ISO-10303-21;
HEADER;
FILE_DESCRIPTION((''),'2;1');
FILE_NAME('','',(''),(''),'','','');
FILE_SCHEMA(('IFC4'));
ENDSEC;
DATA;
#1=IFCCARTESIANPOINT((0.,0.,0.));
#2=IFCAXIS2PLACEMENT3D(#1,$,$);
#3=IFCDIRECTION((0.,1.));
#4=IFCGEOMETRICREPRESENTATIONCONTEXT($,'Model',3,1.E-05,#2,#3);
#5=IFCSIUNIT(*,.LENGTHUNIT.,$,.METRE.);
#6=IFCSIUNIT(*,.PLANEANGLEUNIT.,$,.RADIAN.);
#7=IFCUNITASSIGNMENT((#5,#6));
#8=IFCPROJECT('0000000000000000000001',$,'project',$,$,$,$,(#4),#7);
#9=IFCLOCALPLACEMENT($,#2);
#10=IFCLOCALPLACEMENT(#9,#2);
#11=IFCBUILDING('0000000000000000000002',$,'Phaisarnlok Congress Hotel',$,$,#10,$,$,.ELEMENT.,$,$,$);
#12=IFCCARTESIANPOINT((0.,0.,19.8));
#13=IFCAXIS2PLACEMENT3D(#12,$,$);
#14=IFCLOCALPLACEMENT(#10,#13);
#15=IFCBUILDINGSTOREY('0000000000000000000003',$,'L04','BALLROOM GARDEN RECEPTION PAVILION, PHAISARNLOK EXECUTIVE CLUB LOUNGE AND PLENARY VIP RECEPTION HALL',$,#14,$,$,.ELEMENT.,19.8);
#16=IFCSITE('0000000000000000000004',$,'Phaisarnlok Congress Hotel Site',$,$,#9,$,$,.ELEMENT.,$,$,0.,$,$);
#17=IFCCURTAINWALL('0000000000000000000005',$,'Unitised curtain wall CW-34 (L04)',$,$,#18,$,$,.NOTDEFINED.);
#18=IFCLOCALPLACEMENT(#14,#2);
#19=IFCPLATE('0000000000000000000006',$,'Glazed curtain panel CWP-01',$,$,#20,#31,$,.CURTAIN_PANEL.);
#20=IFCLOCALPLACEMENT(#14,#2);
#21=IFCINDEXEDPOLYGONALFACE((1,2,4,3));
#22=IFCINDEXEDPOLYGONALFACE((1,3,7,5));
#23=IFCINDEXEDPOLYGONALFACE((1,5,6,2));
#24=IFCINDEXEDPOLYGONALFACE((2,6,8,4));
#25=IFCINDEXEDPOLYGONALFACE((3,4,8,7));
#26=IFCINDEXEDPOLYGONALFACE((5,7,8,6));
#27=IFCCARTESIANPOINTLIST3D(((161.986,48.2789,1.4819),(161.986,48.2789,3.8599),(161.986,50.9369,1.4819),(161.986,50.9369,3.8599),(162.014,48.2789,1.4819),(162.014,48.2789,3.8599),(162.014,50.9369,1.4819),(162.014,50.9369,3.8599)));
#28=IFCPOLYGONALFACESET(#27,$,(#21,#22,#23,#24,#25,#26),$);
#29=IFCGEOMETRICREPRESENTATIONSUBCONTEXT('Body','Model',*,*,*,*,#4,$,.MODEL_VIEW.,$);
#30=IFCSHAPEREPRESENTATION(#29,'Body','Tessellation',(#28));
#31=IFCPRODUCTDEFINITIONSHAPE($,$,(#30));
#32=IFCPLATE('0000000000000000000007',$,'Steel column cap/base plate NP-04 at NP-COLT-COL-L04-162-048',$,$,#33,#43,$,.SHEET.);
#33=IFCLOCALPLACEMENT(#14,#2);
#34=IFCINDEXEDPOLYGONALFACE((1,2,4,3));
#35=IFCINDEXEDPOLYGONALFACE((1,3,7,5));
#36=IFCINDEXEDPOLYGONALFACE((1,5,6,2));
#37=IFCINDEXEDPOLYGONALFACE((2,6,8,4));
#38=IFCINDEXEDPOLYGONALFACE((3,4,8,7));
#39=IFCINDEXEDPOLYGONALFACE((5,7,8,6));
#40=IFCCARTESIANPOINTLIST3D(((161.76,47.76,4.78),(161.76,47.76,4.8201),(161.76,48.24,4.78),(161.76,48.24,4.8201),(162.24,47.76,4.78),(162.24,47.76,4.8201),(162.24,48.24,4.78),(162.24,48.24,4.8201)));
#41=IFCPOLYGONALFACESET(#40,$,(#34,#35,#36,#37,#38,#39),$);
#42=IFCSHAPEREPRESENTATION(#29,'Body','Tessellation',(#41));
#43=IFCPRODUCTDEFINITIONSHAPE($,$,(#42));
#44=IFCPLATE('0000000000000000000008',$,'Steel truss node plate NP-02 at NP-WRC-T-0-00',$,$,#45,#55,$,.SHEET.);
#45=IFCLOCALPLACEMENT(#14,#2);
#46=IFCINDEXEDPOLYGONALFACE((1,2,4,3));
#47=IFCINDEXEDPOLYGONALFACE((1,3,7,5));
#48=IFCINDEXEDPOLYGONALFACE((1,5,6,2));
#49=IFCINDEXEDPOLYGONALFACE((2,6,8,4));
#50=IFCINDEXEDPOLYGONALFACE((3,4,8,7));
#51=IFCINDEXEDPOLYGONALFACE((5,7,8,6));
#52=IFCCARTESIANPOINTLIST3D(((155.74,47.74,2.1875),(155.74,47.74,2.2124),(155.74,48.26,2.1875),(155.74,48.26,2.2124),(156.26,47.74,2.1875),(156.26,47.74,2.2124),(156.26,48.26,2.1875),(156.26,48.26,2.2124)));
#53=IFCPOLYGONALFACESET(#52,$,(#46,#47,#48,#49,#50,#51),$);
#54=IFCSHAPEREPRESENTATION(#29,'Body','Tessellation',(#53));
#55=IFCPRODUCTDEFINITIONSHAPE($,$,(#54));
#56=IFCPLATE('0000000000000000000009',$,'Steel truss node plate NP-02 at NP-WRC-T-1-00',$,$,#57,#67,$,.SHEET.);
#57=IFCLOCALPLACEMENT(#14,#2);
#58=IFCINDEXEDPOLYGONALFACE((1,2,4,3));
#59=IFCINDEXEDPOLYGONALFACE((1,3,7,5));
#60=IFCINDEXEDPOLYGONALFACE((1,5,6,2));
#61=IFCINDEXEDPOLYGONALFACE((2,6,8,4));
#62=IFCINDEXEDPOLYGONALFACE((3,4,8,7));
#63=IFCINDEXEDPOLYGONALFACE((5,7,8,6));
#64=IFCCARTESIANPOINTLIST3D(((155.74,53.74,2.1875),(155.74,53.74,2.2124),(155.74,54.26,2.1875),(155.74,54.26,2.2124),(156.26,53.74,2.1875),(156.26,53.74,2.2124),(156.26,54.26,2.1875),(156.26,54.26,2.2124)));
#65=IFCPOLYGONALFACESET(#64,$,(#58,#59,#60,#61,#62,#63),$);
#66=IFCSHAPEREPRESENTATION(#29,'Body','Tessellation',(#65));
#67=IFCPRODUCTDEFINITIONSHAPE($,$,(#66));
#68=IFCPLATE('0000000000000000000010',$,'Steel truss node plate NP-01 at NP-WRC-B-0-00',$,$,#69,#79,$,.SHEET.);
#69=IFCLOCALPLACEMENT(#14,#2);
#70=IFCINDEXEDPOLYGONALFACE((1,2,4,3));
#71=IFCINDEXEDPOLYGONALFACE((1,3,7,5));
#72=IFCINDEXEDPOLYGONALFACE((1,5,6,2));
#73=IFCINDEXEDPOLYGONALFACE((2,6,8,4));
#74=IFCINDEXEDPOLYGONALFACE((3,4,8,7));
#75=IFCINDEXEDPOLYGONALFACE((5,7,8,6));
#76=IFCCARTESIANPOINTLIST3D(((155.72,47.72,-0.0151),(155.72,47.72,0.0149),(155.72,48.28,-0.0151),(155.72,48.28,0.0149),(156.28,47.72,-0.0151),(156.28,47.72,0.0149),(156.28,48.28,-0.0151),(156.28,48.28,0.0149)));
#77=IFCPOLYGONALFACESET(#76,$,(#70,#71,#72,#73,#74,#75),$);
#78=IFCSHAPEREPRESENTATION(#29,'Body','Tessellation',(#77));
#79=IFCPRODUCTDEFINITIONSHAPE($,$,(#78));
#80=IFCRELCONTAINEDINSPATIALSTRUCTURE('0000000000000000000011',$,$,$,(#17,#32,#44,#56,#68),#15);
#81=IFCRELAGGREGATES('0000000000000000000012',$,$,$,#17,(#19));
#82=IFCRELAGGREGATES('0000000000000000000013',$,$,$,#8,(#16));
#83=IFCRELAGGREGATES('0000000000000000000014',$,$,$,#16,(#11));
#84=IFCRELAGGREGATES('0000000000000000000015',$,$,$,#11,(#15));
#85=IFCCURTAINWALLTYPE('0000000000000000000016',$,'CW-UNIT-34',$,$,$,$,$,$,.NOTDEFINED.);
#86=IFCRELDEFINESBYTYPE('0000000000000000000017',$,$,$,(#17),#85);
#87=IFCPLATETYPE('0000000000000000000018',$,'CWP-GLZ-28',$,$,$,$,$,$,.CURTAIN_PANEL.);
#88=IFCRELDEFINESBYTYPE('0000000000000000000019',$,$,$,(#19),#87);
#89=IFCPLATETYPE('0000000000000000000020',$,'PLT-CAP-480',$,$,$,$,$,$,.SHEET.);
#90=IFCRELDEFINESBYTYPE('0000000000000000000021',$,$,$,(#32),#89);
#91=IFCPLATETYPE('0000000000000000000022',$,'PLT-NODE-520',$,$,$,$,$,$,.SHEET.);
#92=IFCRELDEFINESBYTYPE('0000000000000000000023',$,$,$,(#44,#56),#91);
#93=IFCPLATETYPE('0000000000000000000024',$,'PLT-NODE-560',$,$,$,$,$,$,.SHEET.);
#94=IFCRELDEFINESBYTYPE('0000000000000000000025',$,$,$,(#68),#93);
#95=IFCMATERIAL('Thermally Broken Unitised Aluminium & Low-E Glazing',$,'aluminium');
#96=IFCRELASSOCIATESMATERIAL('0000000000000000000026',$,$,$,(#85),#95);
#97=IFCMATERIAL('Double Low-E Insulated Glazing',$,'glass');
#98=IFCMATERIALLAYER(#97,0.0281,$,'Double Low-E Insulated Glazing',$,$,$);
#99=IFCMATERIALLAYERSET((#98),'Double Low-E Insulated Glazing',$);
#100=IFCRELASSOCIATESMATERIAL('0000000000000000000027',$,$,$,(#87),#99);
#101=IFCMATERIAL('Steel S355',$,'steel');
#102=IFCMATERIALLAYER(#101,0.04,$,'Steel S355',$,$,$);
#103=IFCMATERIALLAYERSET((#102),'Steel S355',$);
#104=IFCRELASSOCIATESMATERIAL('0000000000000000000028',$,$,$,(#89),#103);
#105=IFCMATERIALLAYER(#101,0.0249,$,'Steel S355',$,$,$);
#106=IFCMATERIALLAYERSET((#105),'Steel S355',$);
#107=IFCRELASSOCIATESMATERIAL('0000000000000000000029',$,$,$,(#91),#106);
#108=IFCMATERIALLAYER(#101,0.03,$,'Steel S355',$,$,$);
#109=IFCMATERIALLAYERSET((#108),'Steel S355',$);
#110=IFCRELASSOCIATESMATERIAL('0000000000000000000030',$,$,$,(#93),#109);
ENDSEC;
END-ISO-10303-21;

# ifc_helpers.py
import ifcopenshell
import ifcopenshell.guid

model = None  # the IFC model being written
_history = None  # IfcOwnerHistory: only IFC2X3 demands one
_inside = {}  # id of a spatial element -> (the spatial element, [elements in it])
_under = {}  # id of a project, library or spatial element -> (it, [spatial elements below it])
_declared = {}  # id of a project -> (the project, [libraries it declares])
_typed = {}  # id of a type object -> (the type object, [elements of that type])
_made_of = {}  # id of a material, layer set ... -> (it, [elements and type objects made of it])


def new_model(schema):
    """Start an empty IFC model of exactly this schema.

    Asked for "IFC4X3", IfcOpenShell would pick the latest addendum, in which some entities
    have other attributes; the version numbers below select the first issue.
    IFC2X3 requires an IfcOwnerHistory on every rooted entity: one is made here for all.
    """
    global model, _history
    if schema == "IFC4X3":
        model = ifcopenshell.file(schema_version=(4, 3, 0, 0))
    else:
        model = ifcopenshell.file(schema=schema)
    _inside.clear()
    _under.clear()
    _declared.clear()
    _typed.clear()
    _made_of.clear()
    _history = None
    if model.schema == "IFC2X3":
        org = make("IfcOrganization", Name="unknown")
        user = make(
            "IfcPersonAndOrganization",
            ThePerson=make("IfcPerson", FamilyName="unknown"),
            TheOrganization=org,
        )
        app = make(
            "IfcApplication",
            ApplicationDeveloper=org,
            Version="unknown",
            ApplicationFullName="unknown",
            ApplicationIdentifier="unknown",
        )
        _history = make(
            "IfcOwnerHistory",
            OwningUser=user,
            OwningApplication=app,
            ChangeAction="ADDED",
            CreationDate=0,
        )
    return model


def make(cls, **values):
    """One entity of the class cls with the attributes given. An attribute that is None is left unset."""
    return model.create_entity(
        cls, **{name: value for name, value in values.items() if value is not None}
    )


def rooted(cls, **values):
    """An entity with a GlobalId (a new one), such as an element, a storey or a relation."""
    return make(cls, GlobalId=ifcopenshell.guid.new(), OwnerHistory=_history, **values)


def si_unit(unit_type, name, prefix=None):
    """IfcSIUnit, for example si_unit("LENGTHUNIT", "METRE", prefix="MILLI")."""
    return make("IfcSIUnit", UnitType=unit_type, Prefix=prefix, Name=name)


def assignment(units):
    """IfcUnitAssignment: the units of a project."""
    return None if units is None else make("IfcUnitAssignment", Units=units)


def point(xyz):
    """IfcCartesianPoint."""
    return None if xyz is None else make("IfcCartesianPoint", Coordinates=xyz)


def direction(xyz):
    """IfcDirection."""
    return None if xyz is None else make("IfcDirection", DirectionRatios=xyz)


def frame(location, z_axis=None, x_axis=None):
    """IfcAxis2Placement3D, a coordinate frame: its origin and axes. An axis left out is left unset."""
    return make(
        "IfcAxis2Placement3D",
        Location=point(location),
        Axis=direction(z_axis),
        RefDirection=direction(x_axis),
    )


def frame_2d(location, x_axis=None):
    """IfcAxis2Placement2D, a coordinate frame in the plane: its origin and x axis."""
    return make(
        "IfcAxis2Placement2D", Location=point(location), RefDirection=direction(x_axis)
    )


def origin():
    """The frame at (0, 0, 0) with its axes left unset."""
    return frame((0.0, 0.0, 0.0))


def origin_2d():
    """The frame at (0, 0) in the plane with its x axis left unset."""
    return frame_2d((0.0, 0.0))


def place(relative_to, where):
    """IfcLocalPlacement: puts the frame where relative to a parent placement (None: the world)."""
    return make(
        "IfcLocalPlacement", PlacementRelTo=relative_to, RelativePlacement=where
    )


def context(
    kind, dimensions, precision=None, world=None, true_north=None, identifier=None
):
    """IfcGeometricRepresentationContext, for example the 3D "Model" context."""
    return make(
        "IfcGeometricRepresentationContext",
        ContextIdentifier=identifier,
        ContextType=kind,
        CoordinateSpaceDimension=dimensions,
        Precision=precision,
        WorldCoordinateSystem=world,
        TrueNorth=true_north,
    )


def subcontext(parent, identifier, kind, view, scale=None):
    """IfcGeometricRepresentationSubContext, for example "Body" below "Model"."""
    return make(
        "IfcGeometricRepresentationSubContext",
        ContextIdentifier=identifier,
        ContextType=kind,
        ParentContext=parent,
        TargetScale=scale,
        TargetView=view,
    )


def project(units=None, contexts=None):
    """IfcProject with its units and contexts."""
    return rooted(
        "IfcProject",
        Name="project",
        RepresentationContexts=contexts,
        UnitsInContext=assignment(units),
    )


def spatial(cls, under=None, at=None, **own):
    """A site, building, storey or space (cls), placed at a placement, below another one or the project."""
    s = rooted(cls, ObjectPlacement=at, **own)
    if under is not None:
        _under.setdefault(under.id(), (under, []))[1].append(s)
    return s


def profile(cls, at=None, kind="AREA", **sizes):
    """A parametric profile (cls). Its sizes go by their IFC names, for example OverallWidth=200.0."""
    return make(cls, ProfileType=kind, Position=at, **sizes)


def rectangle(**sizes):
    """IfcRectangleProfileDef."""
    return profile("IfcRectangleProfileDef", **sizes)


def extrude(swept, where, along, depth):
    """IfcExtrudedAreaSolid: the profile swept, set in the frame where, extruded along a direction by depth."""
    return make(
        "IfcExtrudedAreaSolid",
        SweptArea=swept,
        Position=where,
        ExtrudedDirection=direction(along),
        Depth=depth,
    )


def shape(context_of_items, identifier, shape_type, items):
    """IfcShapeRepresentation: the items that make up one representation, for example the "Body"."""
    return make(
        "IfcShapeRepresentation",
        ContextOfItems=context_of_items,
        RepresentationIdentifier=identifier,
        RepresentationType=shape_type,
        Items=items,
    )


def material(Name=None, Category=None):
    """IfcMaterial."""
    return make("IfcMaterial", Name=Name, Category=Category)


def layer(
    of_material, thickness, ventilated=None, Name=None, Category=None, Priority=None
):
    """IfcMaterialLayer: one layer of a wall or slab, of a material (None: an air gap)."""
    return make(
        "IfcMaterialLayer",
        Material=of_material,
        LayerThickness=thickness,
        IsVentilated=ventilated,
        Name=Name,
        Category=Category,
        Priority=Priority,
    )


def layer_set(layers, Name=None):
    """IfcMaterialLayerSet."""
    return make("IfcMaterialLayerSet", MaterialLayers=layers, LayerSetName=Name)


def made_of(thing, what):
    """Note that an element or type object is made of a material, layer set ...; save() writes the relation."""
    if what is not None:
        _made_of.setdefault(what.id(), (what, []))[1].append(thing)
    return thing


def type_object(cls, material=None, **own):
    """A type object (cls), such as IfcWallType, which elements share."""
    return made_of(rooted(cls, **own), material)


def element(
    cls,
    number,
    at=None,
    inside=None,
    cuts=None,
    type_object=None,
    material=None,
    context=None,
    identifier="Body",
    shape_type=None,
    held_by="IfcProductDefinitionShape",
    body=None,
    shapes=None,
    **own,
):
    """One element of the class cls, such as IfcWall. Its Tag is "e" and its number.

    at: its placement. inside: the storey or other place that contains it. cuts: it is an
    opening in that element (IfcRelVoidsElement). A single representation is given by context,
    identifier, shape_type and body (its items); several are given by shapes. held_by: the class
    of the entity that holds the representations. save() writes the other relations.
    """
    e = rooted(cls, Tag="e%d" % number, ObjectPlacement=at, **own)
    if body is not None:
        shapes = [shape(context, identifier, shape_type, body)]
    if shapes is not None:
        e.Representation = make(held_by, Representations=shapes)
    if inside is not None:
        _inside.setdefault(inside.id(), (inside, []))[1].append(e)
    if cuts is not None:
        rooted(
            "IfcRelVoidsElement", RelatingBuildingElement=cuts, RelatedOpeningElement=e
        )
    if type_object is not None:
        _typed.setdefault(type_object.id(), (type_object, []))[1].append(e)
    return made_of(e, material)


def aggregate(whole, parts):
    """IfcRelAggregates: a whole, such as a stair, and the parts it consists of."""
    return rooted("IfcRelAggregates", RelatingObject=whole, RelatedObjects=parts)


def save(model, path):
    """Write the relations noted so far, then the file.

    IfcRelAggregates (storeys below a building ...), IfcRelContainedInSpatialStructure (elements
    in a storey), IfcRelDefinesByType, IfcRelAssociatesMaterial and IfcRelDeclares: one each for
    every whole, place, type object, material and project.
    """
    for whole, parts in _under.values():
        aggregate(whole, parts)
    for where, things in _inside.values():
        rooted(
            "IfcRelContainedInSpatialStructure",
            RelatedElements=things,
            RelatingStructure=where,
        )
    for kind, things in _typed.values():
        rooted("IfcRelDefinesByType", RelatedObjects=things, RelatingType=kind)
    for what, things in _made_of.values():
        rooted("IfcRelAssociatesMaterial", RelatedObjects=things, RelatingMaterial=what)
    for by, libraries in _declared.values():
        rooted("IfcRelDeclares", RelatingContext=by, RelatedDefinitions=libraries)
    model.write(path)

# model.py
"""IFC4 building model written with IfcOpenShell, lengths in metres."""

from ifc_helpers import new_model, si_unit, direction, frame, frame_2d, origin, origin_2d, place, context, subcontext, project, spatial, rectangle, extrude, material, layer, layer_set, type_object, element, aggregate, save


model = new_model("IFC4")

# Units and contexts
model_context = context("Model", 3, precision=1e-05, world=origin(), true_north=direction((0.0, 1.0)))
body_context = subcontext(model_context, "Body", "Model", "MODEL_VIEW")
ifc_project = project(units=[si_unit("LENGTHUNIT", "METRE"), si_unit("PLANEANGLEUNIT", "RADIAN")], contexts=[model_context])

# Site, building, storey
site_placement = place(None, origin())
site = spatial("IfcSite", under=ifc_project, at=site_placement, Name="Phaisarnlok Congress Hotel Site", CompositionType="ELEMENT", RefElevation=0.0)
building_placement = place(site_placement, origin())
building = spatial("IfcBuilding", under=site, at=building_placement, Name="Phaisarnlok Congress Hotel", CompositionType="ELEMENT")
storey_placement = place(building_placement, frame((0.0, 0.0, 19.8)))
storey = spatial("IfcBuildingStorey", under=building, at=storey_placement, Name="L04", Description="BALLROOM GARDEN RECEPTION PAVILION, PHAISARNLOK EXECUTIVE CLUB LOUNGE AND PLENARY VIP RECEPTION HALL", CompositionType="ELEMENT", Elevation=19.8)

# Shared definitions
ifc_material_1 = material(Name="Steel S355", Category="steel")

# Curtain wall
ifc_material_2 = material(Name="Thermally Broken Unitised Aluminium & Low-E Glazing", Category="aluminium")
curtain_wall_type = type_object("IfcCurtainWallType", Name="CW-UNIT-34", PredefinedType="NOTDEFINED", material=ifc_material_2)
curtain_wall_placement = place(storey_placement, origin())
curtain_wall = element("IfcCurtainWall", 1, at=curtain_wall_placement, inside=storey, type_object=curtain_wall_type, Name="Unitised curtain wall CW-34 (L04)", PredefinedType="NOTDEFINED")

# Plate
ifc_material_3 = material(Name="Double Low-E Insulated Glazing", Category="glass")
ifc_layer_1 = layer(ifc_material_3, 0.0281, Name="Double Low-E Insulated Glazing")
ifc_layer_set_1 = layer_set([ifc_layer_1], Name="Double Low-E Insulated Glazing")
plate_type_1 = type_object("IfcPlateType", Name="CWP-GLZ-28", PredefinedType="CURTAIN_PANEL", material=ifc_layer_set_1)
plate_1_placement = place(storey_placement, frame((162.0, 50.937, 1.4819), z_axis=(0.0, 0.0, 1.0), x_axis=(0.0, -1.0, 0.0)))
plate_1 = element("IfcPlate", 2, at=plate_1_placement, type_object=plate_type_1, Name="Glazed curtain panel CWP-01", PredefinedType="CURTAIN_PANEL", context=body_context, shape_type="SweptSolid", body=[
    extrude(rectangle(XDim=2.658, YDim=0.0281, at=frame_2d((1.3291, 0.0))), origin(), (0.0, 0.0, 1.0), 2.3779),
])
aggregate(curtain_wall, [plate_1])

# Plates
ifc_layer_2 = layer(ifc_material_1, 0.04, Name="Steel S355")
ifc_layer_set_2 = layer_set([ifc_layer_2], Name="Steel S355")
plate_type_2 = type_object("IfcPlateType", Name="PLT-CAP-480", PredefinedType="SHEET", material=ifc_layer_set_2)
plate_2_placement = place(storey_placement, frame((162.0, 48.0, 4.78), z_axis=(0.0, 0.0, 1.0), x_axis=(1.0, 0.0, 0.0)))
element("IfcPlate", 3, at=plate_2_placement, inside=storey, type_object=plate_type_2, Name="Steel column cap/base plate NP-04 at NP-COLT-COL-L04-162-048", PredefinedType="SHEET", context=body_context, shape_type="SweptSolid", body=[
    extrude(rectangle(XDim=0.48, YDim=0.48, at=origin_2d()), origin(), (0.0, 0.0, 1.0), 0.04),
])
ifc_layer_3 = layer(ifc_material_1, 0.0249, Name="Steel S355")
ifc_layer_set_3 = layer_set([ifc_layer_3], Name="Steel S355")
plate_type_3 = type_object("IfcPlateType", Name="PLT-NODE-520", PredefinedType="SHEET", material=ifc_layer_set_3)
for number, where, z_axis, x_axis, name in (
    (4, (156.0, 48.0, 2.1875), (0.0, 0.0, 1.0), (1.0, 0.0, 0.0), "Steel truss node plate NP-02 at NP-WRC-T-0-00"),
    (5, (156.0, 54.0, 2.1875), (0.0, 0.0, 1.0), (1.0, 0.0, 0.0), "Steel truss node plate NP-02 at NP-WRC-T-1-00"),
):
    element("IfcPlate", number, at=place(storey_placement, frame(where, z_axis=z_axis, x_axis=x_axis)), inside=storey, type_object=plate_type_3, Name=name, PredefinedType="SHEET", context=body_context, shape_type="SweptSolid", body=[
        extrude(rectangle(XDim=0.52, YDim=0.52, at=origin_2d()), origin(), (0.0, 0.0, 1.0), 0.0249),
    ])
ifc_layer_4 = layer(ifc_material_1, 0.03, Name="Steel S355")
ifc_layer_set_4 = layer_set([ifc_layer_4], Name="Steel S355")
plate_type_4 = type_object("IfcPlateType", Name="PLT-NODE-560", PredefinedType="SHEET", material=ifc_layer_set_4)
plate_3_placement = place(storey_placement, frame((156.0, 48.0, -0.0151), z_axis=(0.0, 0.0, 1.0), x_axis=(1.0, 0.0, 0.0)))
element("IfcPlate", 6, at=plate_3_placement, inside=storey, type_object=plate_type_4, Name="Steel truss node plate NP-01 at NP-WRC-B-0-00", PredefinedType="SHEET", context=body_context, shape_type="SweptSolid", body=[
    extrude(rectangle(XDim=0.5601, YDim=0.5601, at=origin_2d()), origin(), (0.0, 0.0, 1.0), 0.03),
])

save(model, "model.ifc")
